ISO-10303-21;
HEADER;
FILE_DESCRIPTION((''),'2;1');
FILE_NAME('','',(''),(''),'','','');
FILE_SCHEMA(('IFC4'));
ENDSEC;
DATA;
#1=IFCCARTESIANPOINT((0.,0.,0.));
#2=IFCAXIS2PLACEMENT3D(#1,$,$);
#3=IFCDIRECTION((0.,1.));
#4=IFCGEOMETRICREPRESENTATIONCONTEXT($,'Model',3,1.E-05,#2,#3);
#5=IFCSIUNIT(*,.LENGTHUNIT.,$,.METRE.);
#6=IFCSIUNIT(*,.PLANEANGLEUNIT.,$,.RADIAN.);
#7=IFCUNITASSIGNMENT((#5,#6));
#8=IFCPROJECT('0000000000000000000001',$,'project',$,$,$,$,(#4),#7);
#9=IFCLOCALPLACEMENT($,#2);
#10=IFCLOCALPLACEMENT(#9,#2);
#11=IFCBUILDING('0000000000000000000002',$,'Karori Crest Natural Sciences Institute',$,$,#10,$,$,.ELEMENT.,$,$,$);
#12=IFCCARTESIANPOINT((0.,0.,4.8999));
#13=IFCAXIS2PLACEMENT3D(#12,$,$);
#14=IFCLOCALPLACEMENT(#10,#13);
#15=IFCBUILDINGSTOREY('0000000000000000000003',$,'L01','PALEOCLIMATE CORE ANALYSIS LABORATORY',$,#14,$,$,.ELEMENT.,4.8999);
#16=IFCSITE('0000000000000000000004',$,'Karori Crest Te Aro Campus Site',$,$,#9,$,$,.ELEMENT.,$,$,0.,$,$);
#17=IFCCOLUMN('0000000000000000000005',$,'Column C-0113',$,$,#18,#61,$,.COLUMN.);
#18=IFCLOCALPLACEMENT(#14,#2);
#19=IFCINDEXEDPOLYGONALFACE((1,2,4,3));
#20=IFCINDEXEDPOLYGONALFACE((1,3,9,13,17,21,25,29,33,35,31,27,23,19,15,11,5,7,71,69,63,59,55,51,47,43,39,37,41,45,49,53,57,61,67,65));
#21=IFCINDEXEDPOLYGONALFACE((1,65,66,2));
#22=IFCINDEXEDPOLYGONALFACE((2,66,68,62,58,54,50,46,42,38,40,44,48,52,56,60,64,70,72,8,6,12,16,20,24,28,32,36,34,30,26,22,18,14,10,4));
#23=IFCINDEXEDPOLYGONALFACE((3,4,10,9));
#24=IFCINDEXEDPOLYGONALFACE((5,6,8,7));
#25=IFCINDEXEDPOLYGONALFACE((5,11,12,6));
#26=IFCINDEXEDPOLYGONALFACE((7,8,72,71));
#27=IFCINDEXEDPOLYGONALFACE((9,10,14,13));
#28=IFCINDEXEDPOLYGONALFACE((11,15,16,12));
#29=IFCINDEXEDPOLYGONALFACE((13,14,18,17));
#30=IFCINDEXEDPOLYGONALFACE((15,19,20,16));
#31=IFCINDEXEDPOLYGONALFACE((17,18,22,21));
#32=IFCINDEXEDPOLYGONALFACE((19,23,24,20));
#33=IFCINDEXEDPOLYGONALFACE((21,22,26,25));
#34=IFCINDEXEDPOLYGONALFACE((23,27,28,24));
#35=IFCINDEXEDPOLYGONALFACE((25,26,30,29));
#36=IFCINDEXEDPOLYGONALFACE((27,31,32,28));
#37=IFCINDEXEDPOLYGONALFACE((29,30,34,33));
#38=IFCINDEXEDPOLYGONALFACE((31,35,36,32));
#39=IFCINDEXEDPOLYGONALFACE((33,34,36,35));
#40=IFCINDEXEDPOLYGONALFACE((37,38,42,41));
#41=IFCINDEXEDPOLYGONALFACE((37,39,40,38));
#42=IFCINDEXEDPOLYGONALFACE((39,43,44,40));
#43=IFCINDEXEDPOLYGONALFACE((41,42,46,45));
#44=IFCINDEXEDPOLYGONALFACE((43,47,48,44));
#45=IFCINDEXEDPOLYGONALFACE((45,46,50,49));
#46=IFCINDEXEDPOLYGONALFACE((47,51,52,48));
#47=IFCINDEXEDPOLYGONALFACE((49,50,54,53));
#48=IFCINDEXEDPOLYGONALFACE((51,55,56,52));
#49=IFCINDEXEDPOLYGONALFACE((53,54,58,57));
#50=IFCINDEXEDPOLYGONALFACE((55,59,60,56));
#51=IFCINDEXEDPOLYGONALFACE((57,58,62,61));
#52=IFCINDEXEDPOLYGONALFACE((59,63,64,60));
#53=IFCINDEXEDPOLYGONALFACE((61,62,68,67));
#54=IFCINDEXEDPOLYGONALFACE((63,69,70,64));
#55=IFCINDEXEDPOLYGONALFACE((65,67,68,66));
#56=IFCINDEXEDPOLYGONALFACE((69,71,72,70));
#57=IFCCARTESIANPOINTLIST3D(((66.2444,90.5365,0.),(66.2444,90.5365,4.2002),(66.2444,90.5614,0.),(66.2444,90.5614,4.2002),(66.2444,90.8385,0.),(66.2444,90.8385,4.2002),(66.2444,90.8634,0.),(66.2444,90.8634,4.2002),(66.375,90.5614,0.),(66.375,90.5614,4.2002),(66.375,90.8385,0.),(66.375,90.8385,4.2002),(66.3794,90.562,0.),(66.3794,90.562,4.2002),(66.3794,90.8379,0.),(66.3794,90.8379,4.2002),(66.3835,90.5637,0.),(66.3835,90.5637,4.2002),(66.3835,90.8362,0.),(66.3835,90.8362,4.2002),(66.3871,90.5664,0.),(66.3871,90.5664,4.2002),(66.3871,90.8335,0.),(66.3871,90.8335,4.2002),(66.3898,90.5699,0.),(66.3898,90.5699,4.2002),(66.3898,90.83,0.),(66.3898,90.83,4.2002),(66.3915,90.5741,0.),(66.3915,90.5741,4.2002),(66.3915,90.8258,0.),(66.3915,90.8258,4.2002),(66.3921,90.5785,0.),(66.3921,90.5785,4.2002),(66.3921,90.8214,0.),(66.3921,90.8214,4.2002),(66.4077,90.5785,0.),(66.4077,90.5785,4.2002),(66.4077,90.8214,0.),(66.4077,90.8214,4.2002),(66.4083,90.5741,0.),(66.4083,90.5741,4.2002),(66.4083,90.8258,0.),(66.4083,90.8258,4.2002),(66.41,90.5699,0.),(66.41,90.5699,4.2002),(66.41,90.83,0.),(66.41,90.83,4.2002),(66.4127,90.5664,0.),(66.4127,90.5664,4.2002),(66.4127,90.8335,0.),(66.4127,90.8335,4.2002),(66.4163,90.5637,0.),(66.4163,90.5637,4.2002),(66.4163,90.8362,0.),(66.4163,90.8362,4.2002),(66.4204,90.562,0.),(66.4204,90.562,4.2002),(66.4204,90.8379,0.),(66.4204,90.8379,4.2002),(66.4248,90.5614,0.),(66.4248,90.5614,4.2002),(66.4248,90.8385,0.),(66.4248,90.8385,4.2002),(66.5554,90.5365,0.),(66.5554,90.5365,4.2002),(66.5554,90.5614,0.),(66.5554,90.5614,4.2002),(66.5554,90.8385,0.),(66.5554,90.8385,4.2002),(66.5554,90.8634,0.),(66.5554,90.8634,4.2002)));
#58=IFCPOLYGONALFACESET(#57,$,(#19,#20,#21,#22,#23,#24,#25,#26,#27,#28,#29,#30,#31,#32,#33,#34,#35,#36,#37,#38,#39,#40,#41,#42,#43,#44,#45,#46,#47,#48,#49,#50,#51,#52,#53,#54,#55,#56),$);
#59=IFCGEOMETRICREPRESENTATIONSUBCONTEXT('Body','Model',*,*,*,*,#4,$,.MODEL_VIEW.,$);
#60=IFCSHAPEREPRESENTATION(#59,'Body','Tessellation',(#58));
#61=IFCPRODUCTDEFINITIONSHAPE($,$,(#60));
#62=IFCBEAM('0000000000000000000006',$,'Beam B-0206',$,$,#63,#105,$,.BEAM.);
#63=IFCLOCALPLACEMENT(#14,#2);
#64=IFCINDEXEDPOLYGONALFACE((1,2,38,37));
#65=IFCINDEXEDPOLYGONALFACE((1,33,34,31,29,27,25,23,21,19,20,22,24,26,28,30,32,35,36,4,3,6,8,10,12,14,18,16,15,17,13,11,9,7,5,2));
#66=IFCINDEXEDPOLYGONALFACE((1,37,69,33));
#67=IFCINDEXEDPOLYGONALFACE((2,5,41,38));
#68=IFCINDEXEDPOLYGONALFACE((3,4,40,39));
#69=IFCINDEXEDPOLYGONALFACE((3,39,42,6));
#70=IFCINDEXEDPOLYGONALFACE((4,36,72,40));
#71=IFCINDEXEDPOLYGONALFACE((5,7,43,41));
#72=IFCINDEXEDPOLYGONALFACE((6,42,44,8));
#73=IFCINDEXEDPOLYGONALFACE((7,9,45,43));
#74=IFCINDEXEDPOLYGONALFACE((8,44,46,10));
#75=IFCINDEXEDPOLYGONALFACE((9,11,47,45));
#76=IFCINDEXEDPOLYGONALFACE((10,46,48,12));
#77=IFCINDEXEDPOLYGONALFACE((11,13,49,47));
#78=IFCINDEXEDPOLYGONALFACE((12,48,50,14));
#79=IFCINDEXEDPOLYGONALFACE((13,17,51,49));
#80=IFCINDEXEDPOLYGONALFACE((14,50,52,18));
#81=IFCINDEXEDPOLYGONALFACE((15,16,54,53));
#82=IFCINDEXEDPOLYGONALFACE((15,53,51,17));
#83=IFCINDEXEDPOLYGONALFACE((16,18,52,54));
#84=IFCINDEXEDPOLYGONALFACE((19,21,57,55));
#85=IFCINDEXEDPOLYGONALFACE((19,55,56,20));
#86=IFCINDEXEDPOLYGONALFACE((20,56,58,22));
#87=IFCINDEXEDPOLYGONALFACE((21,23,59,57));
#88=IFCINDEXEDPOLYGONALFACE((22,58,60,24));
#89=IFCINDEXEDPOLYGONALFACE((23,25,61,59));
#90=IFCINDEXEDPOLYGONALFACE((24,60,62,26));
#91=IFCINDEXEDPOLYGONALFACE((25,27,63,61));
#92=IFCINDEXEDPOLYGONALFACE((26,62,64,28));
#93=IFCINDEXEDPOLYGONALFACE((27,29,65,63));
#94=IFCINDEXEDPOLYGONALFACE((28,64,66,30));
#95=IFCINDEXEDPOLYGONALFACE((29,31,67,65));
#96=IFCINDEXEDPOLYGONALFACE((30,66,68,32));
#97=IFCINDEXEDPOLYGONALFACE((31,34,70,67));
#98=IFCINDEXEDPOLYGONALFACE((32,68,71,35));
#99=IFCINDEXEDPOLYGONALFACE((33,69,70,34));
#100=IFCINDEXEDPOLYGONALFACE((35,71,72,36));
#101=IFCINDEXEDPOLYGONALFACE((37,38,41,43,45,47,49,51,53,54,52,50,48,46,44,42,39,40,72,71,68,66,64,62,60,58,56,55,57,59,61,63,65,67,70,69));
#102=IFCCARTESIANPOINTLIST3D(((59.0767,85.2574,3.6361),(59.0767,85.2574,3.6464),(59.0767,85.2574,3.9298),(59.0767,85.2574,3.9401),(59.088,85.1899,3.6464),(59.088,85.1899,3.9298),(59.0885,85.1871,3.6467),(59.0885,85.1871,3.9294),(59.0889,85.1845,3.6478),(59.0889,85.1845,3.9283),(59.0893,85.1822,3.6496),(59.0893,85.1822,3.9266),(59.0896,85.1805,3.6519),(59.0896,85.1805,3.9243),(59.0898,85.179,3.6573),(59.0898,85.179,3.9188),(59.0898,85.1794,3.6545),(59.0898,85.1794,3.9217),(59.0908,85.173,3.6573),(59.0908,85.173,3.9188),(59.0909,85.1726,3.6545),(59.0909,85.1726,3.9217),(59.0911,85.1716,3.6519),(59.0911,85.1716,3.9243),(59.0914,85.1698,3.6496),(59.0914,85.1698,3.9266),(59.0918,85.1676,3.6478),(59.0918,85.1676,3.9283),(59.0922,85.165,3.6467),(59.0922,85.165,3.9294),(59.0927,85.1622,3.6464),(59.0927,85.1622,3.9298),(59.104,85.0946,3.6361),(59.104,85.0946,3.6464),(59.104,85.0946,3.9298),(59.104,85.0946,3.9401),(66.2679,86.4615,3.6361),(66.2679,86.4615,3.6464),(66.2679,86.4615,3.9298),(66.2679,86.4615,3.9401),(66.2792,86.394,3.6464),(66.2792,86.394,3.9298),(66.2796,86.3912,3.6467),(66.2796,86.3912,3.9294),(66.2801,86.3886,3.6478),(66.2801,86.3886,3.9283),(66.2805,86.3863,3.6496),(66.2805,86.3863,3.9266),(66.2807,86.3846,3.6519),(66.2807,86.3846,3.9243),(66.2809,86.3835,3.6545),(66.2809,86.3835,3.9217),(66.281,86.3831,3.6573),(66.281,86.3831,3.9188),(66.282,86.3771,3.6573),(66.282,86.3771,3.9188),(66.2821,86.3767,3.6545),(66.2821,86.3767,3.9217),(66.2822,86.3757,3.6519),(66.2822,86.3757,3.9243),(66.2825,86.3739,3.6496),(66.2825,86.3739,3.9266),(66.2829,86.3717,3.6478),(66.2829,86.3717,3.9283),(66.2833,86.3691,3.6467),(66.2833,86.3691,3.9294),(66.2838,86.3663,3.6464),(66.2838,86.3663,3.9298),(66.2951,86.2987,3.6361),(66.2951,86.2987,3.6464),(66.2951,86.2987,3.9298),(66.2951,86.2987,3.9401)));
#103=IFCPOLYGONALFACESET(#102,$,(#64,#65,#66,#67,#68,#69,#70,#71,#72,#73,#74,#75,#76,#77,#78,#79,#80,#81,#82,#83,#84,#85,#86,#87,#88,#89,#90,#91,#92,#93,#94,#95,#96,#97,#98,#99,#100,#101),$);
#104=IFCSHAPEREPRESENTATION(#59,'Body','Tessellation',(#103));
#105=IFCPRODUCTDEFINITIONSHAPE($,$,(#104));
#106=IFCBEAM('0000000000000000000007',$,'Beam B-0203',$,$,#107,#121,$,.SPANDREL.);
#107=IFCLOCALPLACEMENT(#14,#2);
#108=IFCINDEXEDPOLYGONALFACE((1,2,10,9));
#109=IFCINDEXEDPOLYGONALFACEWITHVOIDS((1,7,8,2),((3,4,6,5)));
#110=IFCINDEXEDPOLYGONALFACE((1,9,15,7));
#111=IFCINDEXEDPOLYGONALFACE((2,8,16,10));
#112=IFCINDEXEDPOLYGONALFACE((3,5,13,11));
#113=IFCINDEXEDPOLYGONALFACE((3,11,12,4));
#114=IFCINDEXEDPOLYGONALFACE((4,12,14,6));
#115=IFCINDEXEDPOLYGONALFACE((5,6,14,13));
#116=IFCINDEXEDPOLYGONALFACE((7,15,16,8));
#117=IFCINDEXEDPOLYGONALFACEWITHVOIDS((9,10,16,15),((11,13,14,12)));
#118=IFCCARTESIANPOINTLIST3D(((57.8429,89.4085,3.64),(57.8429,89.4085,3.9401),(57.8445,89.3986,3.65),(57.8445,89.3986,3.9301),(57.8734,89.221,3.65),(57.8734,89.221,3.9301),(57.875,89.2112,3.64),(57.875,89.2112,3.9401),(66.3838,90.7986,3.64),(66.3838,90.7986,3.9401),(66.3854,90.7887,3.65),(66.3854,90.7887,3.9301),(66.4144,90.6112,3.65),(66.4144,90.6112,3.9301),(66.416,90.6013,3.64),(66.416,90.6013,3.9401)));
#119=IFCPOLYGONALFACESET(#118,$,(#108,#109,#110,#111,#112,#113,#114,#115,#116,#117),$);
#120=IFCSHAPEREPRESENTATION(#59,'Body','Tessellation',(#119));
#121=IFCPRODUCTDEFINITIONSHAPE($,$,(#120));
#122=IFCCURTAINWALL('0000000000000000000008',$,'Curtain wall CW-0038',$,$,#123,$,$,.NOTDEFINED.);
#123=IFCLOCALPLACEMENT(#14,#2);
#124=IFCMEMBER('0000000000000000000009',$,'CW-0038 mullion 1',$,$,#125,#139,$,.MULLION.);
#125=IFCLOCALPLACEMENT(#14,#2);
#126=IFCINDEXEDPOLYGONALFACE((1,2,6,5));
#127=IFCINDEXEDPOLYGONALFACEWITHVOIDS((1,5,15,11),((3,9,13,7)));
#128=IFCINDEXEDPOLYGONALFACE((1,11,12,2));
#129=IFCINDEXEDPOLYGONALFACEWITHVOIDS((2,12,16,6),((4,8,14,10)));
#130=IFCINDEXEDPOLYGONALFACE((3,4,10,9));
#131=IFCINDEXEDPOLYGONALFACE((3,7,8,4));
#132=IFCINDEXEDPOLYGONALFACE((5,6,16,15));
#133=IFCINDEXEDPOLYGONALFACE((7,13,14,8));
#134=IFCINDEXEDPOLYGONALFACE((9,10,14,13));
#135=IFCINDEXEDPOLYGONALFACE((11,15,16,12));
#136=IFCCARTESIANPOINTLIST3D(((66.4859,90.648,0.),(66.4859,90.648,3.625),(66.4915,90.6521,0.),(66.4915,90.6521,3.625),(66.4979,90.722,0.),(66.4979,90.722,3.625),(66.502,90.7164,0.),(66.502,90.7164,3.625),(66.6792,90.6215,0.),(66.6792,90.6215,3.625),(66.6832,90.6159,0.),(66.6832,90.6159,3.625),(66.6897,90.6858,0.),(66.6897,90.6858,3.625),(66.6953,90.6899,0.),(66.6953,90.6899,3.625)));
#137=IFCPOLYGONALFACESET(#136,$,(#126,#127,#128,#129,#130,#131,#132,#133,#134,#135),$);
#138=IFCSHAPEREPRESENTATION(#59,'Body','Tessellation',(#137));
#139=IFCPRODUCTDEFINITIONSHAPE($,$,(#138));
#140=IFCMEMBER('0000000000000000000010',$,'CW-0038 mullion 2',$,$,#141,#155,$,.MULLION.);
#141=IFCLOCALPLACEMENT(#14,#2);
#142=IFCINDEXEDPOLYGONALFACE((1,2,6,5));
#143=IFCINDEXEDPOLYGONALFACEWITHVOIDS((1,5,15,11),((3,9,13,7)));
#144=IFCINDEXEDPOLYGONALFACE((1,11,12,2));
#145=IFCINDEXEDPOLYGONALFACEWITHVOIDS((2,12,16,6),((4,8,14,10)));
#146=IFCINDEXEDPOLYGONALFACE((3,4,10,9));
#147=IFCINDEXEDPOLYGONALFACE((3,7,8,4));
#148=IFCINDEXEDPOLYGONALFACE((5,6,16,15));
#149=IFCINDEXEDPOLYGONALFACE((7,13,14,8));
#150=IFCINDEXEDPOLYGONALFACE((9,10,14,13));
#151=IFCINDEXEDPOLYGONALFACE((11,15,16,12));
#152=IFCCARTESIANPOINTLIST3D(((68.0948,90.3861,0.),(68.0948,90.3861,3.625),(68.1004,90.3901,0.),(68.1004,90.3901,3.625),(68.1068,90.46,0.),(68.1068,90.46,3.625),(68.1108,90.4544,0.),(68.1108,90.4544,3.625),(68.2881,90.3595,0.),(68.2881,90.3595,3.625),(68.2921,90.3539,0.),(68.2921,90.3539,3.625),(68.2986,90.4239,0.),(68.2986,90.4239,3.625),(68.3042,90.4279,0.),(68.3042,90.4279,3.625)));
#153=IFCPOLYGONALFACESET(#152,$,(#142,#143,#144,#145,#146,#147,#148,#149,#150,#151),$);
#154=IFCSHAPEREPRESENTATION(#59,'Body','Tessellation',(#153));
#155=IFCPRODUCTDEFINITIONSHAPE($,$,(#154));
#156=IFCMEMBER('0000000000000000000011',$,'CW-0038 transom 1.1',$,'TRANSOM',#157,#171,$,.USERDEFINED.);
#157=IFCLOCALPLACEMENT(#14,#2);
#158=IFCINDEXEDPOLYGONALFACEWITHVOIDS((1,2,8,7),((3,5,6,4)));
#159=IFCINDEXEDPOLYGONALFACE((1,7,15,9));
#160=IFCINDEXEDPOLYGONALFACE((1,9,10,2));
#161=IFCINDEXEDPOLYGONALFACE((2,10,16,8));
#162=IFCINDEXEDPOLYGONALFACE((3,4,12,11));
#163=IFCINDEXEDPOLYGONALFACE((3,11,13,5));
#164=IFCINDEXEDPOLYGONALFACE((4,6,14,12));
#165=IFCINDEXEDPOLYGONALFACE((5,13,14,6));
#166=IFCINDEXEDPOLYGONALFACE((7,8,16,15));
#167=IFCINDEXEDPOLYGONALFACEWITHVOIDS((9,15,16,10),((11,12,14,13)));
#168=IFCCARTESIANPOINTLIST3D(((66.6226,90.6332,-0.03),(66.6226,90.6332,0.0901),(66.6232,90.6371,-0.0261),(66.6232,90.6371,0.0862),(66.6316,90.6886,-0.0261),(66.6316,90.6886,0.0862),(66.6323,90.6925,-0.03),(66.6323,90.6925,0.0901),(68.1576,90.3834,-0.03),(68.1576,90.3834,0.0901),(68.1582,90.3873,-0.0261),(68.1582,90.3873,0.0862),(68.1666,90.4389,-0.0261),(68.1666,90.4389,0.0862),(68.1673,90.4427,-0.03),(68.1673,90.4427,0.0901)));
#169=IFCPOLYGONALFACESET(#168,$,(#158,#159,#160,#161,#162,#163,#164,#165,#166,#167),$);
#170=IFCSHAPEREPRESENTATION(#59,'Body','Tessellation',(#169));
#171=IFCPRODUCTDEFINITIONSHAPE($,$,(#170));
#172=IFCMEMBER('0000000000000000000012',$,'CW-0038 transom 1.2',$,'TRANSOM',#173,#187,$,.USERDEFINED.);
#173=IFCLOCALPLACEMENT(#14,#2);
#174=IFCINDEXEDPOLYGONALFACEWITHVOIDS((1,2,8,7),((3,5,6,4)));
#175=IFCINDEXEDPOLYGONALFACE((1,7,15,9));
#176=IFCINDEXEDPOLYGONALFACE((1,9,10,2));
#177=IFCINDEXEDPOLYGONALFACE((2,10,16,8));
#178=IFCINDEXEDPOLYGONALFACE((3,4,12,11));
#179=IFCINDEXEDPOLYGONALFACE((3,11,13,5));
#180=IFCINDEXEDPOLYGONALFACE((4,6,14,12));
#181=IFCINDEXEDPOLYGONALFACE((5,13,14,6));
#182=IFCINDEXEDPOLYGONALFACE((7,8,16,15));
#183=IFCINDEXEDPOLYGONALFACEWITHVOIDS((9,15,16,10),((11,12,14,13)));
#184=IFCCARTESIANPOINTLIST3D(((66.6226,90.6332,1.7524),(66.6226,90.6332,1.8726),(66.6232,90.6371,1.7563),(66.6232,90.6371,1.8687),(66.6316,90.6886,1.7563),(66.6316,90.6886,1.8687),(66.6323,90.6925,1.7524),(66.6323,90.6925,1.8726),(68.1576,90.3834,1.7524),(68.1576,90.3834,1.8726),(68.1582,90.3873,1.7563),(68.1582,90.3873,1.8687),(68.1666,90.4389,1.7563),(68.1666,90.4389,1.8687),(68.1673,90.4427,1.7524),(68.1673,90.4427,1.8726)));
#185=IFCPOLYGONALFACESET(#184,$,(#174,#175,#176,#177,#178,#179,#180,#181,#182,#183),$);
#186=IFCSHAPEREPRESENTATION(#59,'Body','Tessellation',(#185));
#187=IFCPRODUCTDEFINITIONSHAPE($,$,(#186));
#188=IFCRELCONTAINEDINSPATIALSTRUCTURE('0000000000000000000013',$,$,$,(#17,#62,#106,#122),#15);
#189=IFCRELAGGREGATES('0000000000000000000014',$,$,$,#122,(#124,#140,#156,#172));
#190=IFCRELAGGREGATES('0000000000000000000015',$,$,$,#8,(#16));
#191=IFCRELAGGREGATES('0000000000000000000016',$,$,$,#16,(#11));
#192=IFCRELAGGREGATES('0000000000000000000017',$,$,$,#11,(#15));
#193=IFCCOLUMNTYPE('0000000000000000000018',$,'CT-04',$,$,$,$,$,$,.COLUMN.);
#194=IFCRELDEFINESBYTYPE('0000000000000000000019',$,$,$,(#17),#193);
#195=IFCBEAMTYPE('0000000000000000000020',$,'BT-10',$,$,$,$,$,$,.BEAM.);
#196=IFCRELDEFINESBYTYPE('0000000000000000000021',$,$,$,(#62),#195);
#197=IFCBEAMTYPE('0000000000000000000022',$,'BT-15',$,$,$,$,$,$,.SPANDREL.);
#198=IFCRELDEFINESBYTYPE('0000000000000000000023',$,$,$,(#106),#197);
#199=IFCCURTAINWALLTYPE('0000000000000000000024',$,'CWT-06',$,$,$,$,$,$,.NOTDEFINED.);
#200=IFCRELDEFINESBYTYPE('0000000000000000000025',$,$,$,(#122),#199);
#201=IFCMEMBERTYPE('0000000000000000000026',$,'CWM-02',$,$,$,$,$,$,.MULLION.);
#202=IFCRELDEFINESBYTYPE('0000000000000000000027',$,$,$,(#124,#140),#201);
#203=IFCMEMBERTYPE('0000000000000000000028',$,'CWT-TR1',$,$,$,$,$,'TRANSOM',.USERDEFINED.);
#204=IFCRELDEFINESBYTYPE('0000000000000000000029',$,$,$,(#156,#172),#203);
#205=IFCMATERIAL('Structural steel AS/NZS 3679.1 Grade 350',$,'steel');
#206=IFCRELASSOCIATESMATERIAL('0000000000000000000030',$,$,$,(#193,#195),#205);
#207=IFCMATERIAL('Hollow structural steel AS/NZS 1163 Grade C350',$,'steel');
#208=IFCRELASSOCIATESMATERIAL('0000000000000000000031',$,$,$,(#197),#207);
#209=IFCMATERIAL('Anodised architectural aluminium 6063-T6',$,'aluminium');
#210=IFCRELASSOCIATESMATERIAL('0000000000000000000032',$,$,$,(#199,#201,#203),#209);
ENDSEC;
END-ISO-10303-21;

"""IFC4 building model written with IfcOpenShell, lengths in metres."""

from ifc_helpers import new_model, si_unit, direction, frame, origin, origin_2d, place, context, subcontext, project, spatial, hollow_rectangle, i_section, extrude, material, material_profile, profile_set, type_object, element, aggregate, save


model = new_model("IFC4")

# Units and contexts
model_context = context("Model", 3, precision=1e-05, world=origin(), true_north=direction((0.0, 1.0)))
body_context = subcontext(model_context, "Body", "Model", "MODEL_VIEW")
ifc_project = project(units=[si_unit("LENGTHUNIT", "METRE"), si_unit("PLANEANGLEUNIT", "RADIAN")], contexts=[model_context])

# Site, building, storey
site_placement = place(None, origin())
site = spatial("IfcSite", under=ifc_project, at=site_placement, Name="Karori Crest Te Aro Campus Site", CompositionType="ELEMENT", RefElevation=0.0)
building_placement = place(site_placement, origin())
building = spatial("IfcBuilding", under=site, at=building_placement, Name="Karori Crest Natural Sciences Institute", CompositionType="ELEMENT")
storey_placement = place(building_placement, frame((0.0, 0.0, 4.8999)))
storey = spatial("IfcBuildingStorey", under=building, at=storey_placement, Name="L01", Description="PALEOCLIMATE CORE ANALYSIS LABORATORY", CompositionType="ELEMENT", Elevation=4.8999)

# Column
ifc_material_1 = material(Name="Structural steel AS/NZS 3679.1 Grade 350", Category="steel")
ifc_material_profile_1 = material_profile(ifc_material_1, i_section(OverallWidth=0.311, OverallDepth=0.3269, WebThickness=0.0156, FlangeThickness=0.0249, FilletRadius=0.0171, at=origin_2d()), Name="310UC158")
ifc_profile_set_1 = profile_set([ifc_material_profile_1], Name="Structural steel AS/NZS 3679.1 Grade 350")
column_type = type_object("IfcColumnType", Name="CT-04", PredefinedType="COLUMN", material=ifc_profile_set_1)
column_placement = place(storey_placement, frame((66.3999, 90.7, 0.0), z_axis=(0.0, 0.0, 1.0), x_axis=(1.0, 0.0, 0.0)))
element("IfcColumn", 1, at=column_placement, inside=storey, type_object=column_type, Name="Column C-0113", PredefinedType="COLUMN", context=body_context, shape_type="SweptSolid", body=[
    extrude(i_section(OverallWidth=0.311, OverallDepth=0.3269, WebThickness=0.0156, FlangeThickness=0.0249, FilletRadius=0.0171, at=origin_2d()), origin(), (0.0, 0.0, 1.0), 4.2002),
])

# Beams
ifc_material_profile_2 = material_profile(ifc_material_1, i_section(OverallWidth=0.165, OverallDepth=0.304, WebThickness=0.0061, FlangeThickness=0.0103, FilletRadius=0.011, at=origin_2d()), Name="310UB40.4")
ifc_profile_set_2 = profile_set([ifc_material_profile_2], Name="Structural steel AS/NZS 3679.1 Grade 350")
beam_type_1 = type_object("IfcBeamType", Name="BT-10", PredefinedType="BEAM", material=ifc_profile_set_2)
beam_1_placement = place(storey_placement, frame((66.2815, 86.3801, 3.7881), z_axis=(-0.98627, -0.165143, 0.0), x_axis=(0.165143, -0.98627, 0.0)))
element("IfcBeam", 2, at=beam_1_placement, inside=storey, type_object=beam_type_1, Name="Beam B-0206", PredefinedType="BEAM", context=body_context, shape_type="SweptSolid", body=[
    extrude(i_section(OverallWidth=0.165, OverallDepth=0.304, WebThickness=0.0061, FlangeThickness=0.0103, FilletRadius=0.011, at=origin_2d()), origin(), (0.0, 0.0, 1.0), 7.2913),
])
ifc_material_2 = material(Name="Hollow structural steel AS/NZS 1163 Grade C350", Category="steel")
ifc_material_profile_3 = material_profile(ifc_material_2, hollow_rectangle(XDim=0.2, YDim=0.3, WallThickness=0.01, at=origin_2d()), Name="RHS300x200x10")
ifc_profile_set_3 = profile_set([ifc_material_profile_3], Name="Hollow structural steel AS/NZS 1163 Grade C350")
beam_type_2 = type_object("IfcBeamType", Name="BT-15", PredefinedType="SPANDREL", material=ifc_profile_set_3)
beam_2_placement = place(storey_placement, frame((66.3999, 90.7, 3.79), z_axis=(-0.987012, -0.160646, 0.0), x_axis=(0.160646, -0.987012, 0.0)))
element("IfcBeam", 3, at=beam_2_placement, inside=storey, type_object=beam_type_2, Name="Beam B-0203", PredefinedType="SPANDREL", context=body_context, shape_type="SweptSolid", body=[
    extrude(hollow_rectangle(XDim=0.2, YDim=0.3, WallThickness=0.01, at=origin_2d()), origin(), (0.0, 0.0, 1.0), 8.6533),
])

# Curtain wall, members
ifc_material_3 = material(Name="Anodised architectural aluminium 6063-T6", Category="aluminium")
curtain_wall_type = type_object("IfcCurtainWallType", Name="CWT-06", PredefinedType="NOTDEFINED", material=ifc_material_3)
curtain_wall_placement = place(storey_placement, origin())
curtain_wall = element("IfcCurtainWall", 4, at=curtain_wall_placement, inside=storey, type_object=curtain_wall_type, Name="Curtain wall CW-0038", PredefinedType="NOTDEFINED")
ifc_material_profile_4 = material_profile(ifc_material_3, hollow_rectangle(XDim=0.075, YDim=0.2, WallThickness=0.0049, at=origin_2d()), Name="CWM200x75x5")
ifc_profile_set_4 = profile_set([ifc_material_profile_4], Name="Anodised architectural aluminium 6063-T6")
member_type_1 = type_object("IfcMemberType", Name="CWM-02", PredefinedType="MULLION", material=ifc_profile_set_4)
member_1_placement = place(storey_placement, frame((66.5906, 90.6689, 0.0), z_axis=(0.0, 0.0, 1.0), x_axis=(0.160652, 0.987011, 0.0)))
member_1 = element("IfcMember", 5, at=member_1_placement, type_object=member_type_1, Name="CW-0038 mullion 1", PredefinedType="MULLION", context=body_context, shape_type="SweptSolid", body=[
    extrude(hollow_rectangle(XDim=0.075, YDim=0.2, WallThickness=0.0049, at=origin_2d()), origin(), (0.0, 0.0, 1.0), 3.625),
])
member_2_placement = place(storey_placement, frame((68.1995, 90.407, 0.0), z_axis=(0.0, 0.0, 1.0), x_axis=(0.160652, 0.987011, 0.0)))
member_2 = element("IfcMember", 6, at=member_2_placement, type_object=member_type_1, Name="CW-0038 mullion 2", PredefinedType="MULLION", context=body_context, shape_type="SweptSolid", body=[
    extrude(hollow_rectangle(XDim=0.075, YDim=0.2, WallThickness=0.0049, at=origin_2d()), origin(), (0.0, 0.0, 1.0), 3.625),
])
ifc_material_profile_5 = material_profile(ifc_material_3, hollow_rectangle(XDim=0.0601, YDim=0.1201, WallThickness=0.0039, at=origin_2d()), Name="CWT120x60x4")
ifc_profile_set_5 = profile_set([ifc_material_profile_5], Name="Anodised architectural aluminium 6063-T6")
member_type_2 = type_object("IfcMemberType", Name="CWT-TR1", ElementType="TRANSOM", PredefinedType="USERDEFINED", material=ifc_profile_set_5)
member_3_placement = place(storey_placement, frame((66.6274, 90.6628, 0.03), z_axis=(0.987019, -0.160604, 0.0), x_axis=(0.160604, 0.987019, 0.0)))
member_3 = element("IfcMember", 7, at=member_3_placement, type_object=member_type_2, Name="CW-0038 transom 1.1", ObjectType="TRANSOM", PredefinedType="USERDEFINED", context=body_context, shape_type="SweptSolid", body=[
    extrude(hollow_rectangle(XDim=0.0601, YDim=0.1201, WallThickness=0.0039, at=origin_2d()), origin(), (0.0, 0.0, 1.0), 1.5552),
])
member_4_placement = place(storey_placement, frame((66.6274, 90.6628, 1.8125), z_axis=(0.987019, -0.160604, 0.0), x_axis=(0.160604, 0.987019, 0.0)))
member_4 = element("IfcMember", 8, at=member_4_placement, type_object=member_type_2, Name="CW-0038 transom 1.2", ObjectType="TRANSOM", PredefinedType="USERDEFINED", context=body_context, shape_type="SweptSolid", body=[
    extrude(hollow_rectangle(XDim=0.0601, YDim=0.1201, WallThickness=0.0039, at=origin_2d()), origin(), (0.0, 0.0, 1.0), 1.5552),
])
aggregate(curtain_wall, [member_1, member_2, member_3, member_4])

save(model, "model.ifc")
